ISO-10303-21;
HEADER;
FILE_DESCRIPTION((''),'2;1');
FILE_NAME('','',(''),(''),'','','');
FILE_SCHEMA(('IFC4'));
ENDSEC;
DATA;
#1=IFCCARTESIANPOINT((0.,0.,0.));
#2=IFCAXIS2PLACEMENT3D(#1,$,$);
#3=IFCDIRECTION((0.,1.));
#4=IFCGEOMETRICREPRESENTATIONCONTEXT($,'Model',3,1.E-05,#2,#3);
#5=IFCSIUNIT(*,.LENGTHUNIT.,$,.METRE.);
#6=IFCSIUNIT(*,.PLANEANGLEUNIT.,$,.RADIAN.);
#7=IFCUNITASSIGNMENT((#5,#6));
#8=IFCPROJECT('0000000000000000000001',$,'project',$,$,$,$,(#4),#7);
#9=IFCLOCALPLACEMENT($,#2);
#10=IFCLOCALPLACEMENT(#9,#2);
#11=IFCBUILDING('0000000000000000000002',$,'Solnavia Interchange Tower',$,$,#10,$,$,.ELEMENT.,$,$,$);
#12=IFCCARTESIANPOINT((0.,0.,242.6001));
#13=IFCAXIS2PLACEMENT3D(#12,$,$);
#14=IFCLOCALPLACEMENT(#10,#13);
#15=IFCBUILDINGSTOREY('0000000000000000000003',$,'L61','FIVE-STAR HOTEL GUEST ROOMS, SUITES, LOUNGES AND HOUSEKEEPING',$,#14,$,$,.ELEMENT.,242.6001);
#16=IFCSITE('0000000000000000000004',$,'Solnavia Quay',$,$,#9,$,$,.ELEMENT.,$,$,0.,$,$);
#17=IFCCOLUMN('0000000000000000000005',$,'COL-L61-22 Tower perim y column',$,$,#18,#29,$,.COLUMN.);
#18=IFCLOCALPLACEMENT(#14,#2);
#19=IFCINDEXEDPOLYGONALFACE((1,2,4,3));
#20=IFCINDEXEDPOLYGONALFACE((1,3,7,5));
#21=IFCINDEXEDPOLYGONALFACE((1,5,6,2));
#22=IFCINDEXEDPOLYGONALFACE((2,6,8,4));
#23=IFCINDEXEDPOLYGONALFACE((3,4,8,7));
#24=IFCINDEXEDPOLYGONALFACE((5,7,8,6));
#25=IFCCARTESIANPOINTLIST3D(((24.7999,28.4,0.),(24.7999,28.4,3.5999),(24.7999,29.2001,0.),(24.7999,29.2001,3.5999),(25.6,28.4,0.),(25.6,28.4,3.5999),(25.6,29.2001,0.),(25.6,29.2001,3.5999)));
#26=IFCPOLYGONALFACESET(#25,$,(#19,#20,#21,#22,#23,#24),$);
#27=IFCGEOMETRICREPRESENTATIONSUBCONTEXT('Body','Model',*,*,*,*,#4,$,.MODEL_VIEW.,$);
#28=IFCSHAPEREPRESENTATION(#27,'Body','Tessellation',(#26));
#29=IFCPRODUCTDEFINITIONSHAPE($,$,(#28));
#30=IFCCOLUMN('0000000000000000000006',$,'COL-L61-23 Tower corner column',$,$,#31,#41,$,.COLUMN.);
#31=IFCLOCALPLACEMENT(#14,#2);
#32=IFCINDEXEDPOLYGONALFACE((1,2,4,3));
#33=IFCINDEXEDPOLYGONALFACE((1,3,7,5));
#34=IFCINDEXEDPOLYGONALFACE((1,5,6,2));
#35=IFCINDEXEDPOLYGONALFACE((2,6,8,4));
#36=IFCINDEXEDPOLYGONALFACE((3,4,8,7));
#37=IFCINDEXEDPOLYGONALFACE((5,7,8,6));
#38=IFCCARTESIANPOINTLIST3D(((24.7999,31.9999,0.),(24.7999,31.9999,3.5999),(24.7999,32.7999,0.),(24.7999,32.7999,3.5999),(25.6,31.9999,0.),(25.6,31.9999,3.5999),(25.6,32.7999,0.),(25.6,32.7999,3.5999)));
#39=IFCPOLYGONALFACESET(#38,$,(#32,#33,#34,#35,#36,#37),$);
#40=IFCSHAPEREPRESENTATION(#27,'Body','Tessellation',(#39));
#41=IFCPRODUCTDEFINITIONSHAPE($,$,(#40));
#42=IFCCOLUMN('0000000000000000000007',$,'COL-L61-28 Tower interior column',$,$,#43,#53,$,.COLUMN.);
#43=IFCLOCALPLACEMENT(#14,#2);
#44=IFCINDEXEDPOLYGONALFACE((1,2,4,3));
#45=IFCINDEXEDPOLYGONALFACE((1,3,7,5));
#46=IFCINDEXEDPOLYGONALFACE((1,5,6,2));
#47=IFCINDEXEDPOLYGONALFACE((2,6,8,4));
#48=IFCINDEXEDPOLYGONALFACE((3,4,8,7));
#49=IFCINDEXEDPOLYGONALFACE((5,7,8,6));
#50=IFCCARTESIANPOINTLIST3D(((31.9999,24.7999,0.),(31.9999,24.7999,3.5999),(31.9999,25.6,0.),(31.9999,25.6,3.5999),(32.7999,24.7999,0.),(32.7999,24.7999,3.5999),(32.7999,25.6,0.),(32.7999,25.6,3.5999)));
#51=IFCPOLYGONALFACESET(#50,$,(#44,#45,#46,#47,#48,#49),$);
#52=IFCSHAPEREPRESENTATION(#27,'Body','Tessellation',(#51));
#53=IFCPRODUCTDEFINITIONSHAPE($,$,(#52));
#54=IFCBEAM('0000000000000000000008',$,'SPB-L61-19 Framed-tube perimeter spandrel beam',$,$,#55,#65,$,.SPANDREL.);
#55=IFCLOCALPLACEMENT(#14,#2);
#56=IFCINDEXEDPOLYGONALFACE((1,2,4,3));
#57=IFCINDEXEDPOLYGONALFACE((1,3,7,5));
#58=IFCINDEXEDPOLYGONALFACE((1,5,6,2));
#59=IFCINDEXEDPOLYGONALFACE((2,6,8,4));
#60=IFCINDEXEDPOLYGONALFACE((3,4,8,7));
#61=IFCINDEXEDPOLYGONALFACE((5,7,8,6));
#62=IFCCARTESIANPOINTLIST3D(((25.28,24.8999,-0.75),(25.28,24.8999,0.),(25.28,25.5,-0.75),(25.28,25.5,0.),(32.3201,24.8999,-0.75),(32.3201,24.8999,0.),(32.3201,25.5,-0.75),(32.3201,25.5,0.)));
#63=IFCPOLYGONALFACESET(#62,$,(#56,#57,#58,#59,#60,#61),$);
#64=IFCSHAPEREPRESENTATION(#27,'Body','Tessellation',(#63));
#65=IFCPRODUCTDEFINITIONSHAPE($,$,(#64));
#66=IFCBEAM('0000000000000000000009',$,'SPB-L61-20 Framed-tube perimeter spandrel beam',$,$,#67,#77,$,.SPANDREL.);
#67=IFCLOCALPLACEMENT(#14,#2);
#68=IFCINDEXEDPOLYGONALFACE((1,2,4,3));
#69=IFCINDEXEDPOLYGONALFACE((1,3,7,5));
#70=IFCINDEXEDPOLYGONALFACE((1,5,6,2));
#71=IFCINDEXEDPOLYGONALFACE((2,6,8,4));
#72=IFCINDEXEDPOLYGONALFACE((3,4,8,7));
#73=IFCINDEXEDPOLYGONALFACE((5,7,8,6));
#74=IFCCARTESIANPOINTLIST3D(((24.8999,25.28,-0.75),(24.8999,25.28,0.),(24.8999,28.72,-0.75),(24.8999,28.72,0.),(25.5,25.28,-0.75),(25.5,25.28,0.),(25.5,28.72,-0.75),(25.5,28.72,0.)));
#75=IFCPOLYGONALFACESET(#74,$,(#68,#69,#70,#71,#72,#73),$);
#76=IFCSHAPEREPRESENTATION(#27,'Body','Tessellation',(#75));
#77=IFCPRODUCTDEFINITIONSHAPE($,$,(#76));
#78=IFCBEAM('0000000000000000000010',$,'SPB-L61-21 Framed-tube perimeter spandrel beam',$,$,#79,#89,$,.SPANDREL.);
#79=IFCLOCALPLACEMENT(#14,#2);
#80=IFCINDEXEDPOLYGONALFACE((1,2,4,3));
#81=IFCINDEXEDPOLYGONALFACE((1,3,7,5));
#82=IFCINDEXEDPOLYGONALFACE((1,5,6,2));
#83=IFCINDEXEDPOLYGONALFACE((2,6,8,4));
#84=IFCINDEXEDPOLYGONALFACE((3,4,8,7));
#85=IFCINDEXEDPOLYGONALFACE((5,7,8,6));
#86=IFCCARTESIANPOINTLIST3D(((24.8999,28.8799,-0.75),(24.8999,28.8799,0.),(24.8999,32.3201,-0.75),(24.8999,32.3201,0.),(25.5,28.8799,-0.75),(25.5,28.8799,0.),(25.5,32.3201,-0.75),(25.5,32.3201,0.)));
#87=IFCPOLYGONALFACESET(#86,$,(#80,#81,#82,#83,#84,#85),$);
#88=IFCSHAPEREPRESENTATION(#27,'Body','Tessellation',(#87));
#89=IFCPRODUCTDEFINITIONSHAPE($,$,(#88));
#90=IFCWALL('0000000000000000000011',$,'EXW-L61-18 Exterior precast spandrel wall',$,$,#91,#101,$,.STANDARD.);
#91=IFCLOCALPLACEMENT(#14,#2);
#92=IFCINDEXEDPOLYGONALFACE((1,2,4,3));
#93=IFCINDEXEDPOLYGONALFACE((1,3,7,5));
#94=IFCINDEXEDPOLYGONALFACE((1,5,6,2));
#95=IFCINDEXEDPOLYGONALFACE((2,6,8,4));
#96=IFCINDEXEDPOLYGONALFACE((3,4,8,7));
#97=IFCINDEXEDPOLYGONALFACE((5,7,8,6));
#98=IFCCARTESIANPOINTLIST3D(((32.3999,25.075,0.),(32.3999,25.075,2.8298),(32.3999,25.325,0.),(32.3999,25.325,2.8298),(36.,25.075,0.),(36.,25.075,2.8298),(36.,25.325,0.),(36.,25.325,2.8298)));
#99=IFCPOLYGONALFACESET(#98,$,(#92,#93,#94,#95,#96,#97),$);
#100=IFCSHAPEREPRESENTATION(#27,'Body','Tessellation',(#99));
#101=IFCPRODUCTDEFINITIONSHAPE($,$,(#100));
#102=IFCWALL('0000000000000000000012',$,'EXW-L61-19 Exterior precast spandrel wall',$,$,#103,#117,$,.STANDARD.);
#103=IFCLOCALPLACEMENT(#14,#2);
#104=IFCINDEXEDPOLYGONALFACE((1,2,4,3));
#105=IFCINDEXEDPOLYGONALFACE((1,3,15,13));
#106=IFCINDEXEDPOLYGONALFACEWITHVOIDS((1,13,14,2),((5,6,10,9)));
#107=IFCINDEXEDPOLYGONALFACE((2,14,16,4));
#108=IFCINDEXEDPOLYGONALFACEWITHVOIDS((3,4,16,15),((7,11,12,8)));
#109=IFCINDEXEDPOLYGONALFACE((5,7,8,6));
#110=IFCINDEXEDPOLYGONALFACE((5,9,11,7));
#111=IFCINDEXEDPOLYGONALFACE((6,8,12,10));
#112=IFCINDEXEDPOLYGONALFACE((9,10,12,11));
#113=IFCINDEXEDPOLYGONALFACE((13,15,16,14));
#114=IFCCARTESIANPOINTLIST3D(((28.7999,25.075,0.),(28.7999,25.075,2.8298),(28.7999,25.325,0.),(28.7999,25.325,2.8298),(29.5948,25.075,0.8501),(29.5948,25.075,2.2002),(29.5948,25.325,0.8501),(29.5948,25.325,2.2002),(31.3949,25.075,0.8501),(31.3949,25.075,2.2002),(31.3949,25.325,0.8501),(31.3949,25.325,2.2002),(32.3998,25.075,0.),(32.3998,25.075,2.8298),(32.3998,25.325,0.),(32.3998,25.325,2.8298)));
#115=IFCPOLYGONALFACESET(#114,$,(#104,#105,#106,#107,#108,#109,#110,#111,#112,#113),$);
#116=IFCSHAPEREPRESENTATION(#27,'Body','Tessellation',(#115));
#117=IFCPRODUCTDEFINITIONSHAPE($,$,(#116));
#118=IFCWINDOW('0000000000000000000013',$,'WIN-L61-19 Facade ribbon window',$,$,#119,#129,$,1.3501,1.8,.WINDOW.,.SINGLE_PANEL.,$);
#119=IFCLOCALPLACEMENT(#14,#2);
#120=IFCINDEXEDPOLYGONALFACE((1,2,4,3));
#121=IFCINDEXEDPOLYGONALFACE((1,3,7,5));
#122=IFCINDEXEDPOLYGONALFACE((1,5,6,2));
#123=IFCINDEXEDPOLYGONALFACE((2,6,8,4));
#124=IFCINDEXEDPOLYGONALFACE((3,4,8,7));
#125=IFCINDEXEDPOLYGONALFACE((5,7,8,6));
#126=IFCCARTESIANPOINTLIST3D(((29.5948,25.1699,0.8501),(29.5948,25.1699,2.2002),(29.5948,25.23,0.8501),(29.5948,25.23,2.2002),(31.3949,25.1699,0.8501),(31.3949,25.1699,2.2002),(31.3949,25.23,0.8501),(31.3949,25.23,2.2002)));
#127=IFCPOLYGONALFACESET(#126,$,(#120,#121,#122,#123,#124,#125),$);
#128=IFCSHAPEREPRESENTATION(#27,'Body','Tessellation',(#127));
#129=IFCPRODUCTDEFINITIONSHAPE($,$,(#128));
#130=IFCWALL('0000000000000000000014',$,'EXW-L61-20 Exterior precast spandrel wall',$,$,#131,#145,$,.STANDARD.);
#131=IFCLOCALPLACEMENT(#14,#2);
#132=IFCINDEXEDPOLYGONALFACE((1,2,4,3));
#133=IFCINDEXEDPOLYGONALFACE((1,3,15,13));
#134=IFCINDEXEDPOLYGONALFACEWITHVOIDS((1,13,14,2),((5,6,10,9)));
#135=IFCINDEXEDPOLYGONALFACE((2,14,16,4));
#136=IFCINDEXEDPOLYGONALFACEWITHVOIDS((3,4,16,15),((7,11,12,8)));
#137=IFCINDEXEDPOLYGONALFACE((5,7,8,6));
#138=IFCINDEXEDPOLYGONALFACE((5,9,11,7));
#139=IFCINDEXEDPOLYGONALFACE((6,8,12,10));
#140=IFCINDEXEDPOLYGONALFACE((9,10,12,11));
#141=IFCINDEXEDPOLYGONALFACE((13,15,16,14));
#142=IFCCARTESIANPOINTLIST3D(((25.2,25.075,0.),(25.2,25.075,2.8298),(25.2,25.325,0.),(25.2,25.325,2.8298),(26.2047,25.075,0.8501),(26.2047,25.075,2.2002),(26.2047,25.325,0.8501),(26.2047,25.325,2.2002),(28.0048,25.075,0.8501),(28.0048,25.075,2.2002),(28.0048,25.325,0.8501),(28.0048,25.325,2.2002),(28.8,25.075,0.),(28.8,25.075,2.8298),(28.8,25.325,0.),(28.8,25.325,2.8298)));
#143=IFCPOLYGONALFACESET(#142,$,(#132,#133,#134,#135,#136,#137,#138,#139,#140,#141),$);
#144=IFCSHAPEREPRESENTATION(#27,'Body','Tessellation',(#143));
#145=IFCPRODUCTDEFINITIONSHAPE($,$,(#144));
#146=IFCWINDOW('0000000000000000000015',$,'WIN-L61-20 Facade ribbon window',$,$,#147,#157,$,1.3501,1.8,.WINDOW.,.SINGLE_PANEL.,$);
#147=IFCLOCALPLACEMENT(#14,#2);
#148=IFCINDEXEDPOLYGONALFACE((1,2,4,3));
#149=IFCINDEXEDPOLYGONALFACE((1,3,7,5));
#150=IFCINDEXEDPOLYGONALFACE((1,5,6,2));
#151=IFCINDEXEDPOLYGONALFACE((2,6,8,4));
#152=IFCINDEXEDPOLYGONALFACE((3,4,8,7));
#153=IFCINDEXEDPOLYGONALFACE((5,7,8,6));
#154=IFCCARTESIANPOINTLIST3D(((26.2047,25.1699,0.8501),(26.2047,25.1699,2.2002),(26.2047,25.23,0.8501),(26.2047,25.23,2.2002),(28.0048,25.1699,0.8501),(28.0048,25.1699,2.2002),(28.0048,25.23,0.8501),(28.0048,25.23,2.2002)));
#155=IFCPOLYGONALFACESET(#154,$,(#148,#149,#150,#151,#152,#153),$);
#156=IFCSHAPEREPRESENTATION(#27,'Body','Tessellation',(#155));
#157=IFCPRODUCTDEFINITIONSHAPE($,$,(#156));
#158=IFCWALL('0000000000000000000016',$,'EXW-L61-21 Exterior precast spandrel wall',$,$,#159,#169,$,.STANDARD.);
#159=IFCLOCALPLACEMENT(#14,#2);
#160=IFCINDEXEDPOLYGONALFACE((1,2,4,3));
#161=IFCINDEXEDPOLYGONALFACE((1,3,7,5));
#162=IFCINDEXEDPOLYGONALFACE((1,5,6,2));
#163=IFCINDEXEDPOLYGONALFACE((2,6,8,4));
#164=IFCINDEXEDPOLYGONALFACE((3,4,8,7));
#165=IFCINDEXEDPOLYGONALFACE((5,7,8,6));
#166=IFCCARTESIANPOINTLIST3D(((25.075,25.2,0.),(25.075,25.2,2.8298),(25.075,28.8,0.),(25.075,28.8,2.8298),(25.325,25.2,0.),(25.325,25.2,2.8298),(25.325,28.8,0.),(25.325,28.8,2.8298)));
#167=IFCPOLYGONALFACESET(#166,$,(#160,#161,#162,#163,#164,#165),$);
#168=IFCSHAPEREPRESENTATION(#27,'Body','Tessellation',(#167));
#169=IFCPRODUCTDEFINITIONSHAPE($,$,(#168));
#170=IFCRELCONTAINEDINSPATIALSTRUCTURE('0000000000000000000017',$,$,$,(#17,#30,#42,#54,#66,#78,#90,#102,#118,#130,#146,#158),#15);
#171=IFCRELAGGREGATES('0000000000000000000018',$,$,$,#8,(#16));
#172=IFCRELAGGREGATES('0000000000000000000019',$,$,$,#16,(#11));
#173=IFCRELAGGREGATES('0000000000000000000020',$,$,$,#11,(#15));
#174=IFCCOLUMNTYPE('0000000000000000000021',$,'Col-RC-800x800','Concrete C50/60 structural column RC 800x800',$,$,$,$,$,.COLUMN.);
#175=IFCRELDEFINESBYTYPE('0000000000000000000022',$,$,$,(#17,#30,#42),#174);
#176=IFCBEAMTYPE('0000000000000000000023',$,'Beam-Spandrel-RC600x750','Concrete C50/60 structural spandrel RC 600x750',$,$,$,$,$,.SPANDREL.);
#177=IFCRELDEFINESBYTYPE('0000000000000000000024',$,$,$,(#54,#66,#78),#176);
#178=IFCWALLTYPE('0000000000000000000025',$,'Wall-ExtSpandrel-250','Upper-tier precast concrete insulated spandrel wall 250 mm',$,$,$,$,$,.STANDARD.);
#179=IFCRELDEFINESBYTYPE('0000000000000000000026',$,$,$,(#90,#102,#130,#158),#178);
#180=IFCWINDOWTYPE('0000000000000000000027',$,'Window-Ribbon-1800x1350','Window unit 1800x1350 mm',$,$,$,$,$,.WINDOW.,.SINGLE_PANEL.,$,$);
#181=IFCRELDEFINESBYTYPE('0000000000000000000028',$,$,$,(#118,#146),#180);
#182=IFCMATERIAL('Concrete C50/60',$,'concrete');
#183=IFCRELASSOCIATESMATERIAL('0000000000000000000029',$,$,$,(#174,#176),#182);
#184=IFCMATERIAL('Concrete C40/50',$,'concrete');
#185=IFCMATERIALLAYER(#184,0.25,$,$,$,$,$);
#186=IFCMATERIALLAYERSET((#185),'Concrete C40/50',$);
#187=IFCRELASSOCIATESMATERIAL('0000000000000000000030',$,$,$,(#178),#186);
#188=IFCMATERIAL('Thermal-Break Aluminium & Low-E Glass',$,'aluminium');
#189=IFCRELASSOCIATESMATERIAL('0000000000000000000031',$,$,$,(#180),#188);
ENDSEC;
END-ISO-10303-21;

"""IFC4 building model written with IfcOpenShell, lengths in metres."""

from ifc_helpers import new_model, si_unit, direction, frame, frame_2d, origin, origin_2d, place, context, subcontext, project, spatial, rectangle, extrude, material, layer, layer_set, material_profile, profile_set, type_object, element, fill, save


model = new_model("IFC4")

# Units and contexts
model_context = context("Model", 3, precision=1e-05, world=origin(), true_north=direction((0.0, 1.0)))
body_context = subcontext(model_context, "Body", "Model", "MODEL_VIEW")
ifc_project = project(units=[si_unit("LENGTHUNIT", "METRE"), si_unit("PLANEANGLEUNIT", "RADIAN")], contexts=[model_context])

# Site, building, storey
site_placement = place(None, origin())
site = spatial("IfcSite", under=ifc_project, at=site_placement, Name="Solnavia Quay", CompositionType="ELEMENT", RefElevation=0.0)
building_placement = place(site_placement, origin())
building = spatial("IfcBuilding", under=site, at=building_placement, Name="Solnavia Interchange Tower", CompositionType="ELEMENT")
storey_placement = place(building_placement, frame((0.0, 0.0, 242.6001)))
storey = spatial("IfcBuildingStorey", under=building, at=storey_placement, Name="L61", Description="FIVE-STAR HOTEL GUEST ROOMS, SUITES, LOUNGES AND HOUSEKEEPING", CompositionType="ELEMENT", Elevation=242.6001)

# Columns
ifc_material_1 = material(Name="Concrete C50/60", Category="concrete")
ifc_material_profile_1 = material_profile(ifc_material_1, rectangle(XDim=0.8, YDim=0.8, at=origin_2d()), Name="RC 800x800")
ifc_profile_set_1 = profile_set([ifc_material_profile_1], Name="Concrete C50/60")
column_type = type_object("IfcColumnType", Name="Col-RC-800x800", Description="Concrete C50/60 structural column RC 800x800", PredefinedType="COLUMN", material=ifc_profile_set_1)
for number, where, z_axis, x_axis, name in (
    (1, (25.2, 28.8, 0.0), (0.0, 0.0, 1.0), (0.0, 1.0, 0.0), "COL-L61-22 Tower perim y column"),
    (2, (25.2, 32.3999, 0.0), (0.0, 0.0, 1.0), (0.0, 1.0, 0.0), "COL-L61-23 Tower corner column"),
    (3, (32.3999, 25.2, 0.0), (0.0, 0.0, 1.0), (1.0, 0.0, 0.0), "COL-L61-28 Tower interior column"),
):
    element("IfcColumn", number, at=place(storey_placement, frame(where, z_axis=z_axis, x_axis=x_axis)), inside=storey, type_object=column_type, Name=name, PredefinedType="COLUMN", context=body_context, shape_type="SweptSolid", body=[
        extrude(rectangle(XDim=0.8, YDim=0.8, at=origin_2d()), origin(), (0.0, 0.0, 1.0), 3.5999),
    ])

# Beams
ifc_material_profile_2 = material_profile(ifc_material_1, rectangle(XDim=0.6001, YDim=0.75, at=origin_2d()), Name="RC 600x750")
ifc_profile_set_2 = profile_set([ifc_material_profile_2], Name="Concrete C50/60")
beam_type = type_object("IfcBeamType", Name="Beam-Spandrel-RC600x750", Description="Concrete C50/60 structural spandrel RC 600x750", PredefinedType="SPANDREL", material=ifc_profile_set_2)
beam_1_placement = place(storey_placement, frame((32.3201, 25.2, -0.375), z_axis=(-1.0, 0.0, 0.0), x_axis=(0.0, -1.0, 0.0)))
element("IfcBeam", 4, at=beam_1_placement, inside=storey, type_object=beam_type, Name="SPB-L61-19 Framed-tube perimeter spandrel beam", PredefinedType="SPANDREL", context=body_context, shape_type="SweptSolid", body=[
    extrude(rectangle(XDim=0.6001, YDim=0.75, at=origin_2d()), origin(), (0.0, 0.0, 1.0), 7.04),
])
beam_2_placement = place(storey_placement, frame((25.2, 25.28, -0.375), z_axis=(0.0, 1.0, 0.0), x_axis=(-1.0, 0.0, 0.0)))
element("IfcBeam", 5, at=beam_2_placement, inside=storey, type_object=beam_type, Name="SPB-L61-20 Framed-tube perimeter spandrel beam", PredefinedType="SPANDREL", context=body_context, shape_type="SweptSolid", body=[
    extrude(rectangle(XDim=0.6001, YDim=0.75, at=origin_2d()), origin(), (0.0, 0.0, 1.0), 3.4399),
])
beam_3_placement = place(storey_placement, frame((25.2, 28.8799, -0.375), z_axis=(0.0, 1.0, 0.0), x_axis=(-1.0, 0.0, 0.0)))
element("IfcBeam", 6, at=beam_3_placement, inside=storey, type_object=beam_type, Name="SPB-L61-21 Framed-tube perimeter spandrel beam", PredefinedType="SPANDREL", context=body_context, shape_type="SweptSolid", body=[
    extrude(rectangle(XDim=0.6001, YDim=0.75, at=origin_2d()), origin(), (0.0, 0.0, 1.0), 3.4402),
])

# Wall
ifc_material_2 = material(Name="Concrete C40/50", Category="concrete")
ifc_layer_1 = layer(ifc_material_2, 0.25)
ifc_layer_set_1 = layer_set([ifc_layer_1], Name="Concrete C40/50")
wall_type = type_object("IfcWallType", Name="Wall-ExtSpandrel-250", Description="Upper-tier precast concrete insulated spandrel wall 250 mm", PredefinedType="STANDARD", material=ifc_layer_set_1)
wall_1_placement = place(storey_placement, frame((32.3999, 25.2, 0.0), z_axis=(0.0, 0.0, 1.0), x_axis=(1.0, 0.0, 0.0)))
element("IfcWall", 7, at=wall_1_placement, inside=storey, type_object=wall_type, Name="EXW-L61-18 Exterior precast spandrel wall", PredefinedType="STANDARD", context=body_context, shape_type="SweptSolid", body=[
    extrude(rectangle(XDim=3.6001, YDim=0.25, at=frame_2d((1.8, 0.0))), origin(), (0.0, 0.0, 1.0), 2.8298),
])

# Walls, openings, windows
wall_2_placement = place(storey_placement, frame((28.8, 25.2, 0.0), z_axis=(0.0, 0.0, 1.0), x_axis=(1.0, 0.0, 0.0)))
wall_2 = element("IfcWall", 8, at=wall_2_placement, inside=storey, type_object=wall_type, Name="EXW-L61-19 Exterior precast spandrel wall", PredefinedType="STANDARD", context=body_context, shape_type="SweptSolid", body=[
    extrude(rectangle(XDim=3.5999, YDim=0.25, at=frame_2d((1.7998, 0.0))), origin(), (0.0, 0.0, 1.0), 2.8298),
])
opening_1_placement = place(wall_2_placement, frame((0.7949, 0.0, 0.8501)))
opening_1 = element("IfcOpeningElement", 9, at=opening_1_placement, cuts=wall_2, PredefinedType="OPENING", context=body_context, shape_type="SweptSolid", body=[
    extrude(rectangle(XDim=1.8, YDim=1.3501, at=frame_2d((0.8999, 0.675))), frame((0.0, 0.135, 0.0), z_axis=(0.0, -1.0, 0.0), x_axis=(1.0, 0.0, 0.0)), (0.0, 0.0, 1.0), 0.27),
])
ifc_material_3 = material(Name="Thermal-Break Aluminium & Low-E Glass", Category="aluminium")
window_type = type_object("IfcWindowType", Name="Window-Ribbon-1800x1350", Description="Window unit 1800x1350 mm", PartitioningType="SINGLE_PANEL", PredefinedType="WINDOW", material=ifc_material_3)
window_1_placement = place(opening_1_placement, origin())
window_1 = element("IfcWindow", 10, at=window_1_placement, inside=storey, type_object=window_type, Name="WIN-L61-19 Facade ribbon window", OverallHeight=1.3501, OverallWidth=1.8, PartitioningType="SINGLE_PANEL", PredefinedType="WINDOW", context=body_context, shape_type="SweptSolid", body=[
    extrude(rectangle(XDim=1.8, YDim=1.3501, at=frame_2d((0.8999, 0.675))), frame((0.0, 0.03, 0.0), z_axis=(0.0, -1.0, 0.0), x_axis=(1.0, 0.0, 0.0)), (0.0, 0.0, 1.0), 0.0601),
])
fill(opening_1, window_1)
wall_3_placement = place(storey_placement, frame((25.2, 25.2, 0.0), z_axis=(0.0, 0.0, 1.0), x_axis=(1.0, 0.0, 0.0)))
wall_3 = element("IfcWall", 11, at=wall_3_placement, inside=storey, type_object=wall_type, Name="EXW-L61-20 Exterior precast spandrel wall", PredefinedType="STANDARD", context=body_context, shape_type="SweptSolid", body=[
    extrude(rectangle(XDim=3.6001, YDim=0.25, at=frame_2d((1.8, 0.0))), origin(), (0.0, 0.0, 1.0), 2.8298),
])
opening_2_placement = place(wall_3_placement, frame((1.0049, 0.0, 0.8501)))
opening_2 = element("IfcOpeningElement", 12, at=opening_2_placement, cuts=wall_3, PredefinedType="OPENING", context=body_context, shape_type="SweptSolid", body=[
    extrude(rectangle(XDim=1.8, YDim=1.3501, at=frame_2d((0.8999, 0.675))), frame((0.0, 0.135, 0.0), z_axis=(0.0, -1.0, 0.0), x_axis=(1.0, 0.0, 0.0)), (0.0, 0.0, 1.0), 0.27),
])
window_2_placement = place(opening_2_placement, origin())
window_2 = element("IfcWindow", 13, at=window_2_placement, inside=storey, type_object=window_type, Name="WIN-L61-20 Facade ribbon window", OverallHeight=1.3501, OverallWidth=1.8, PartitioningType="SINGLE_PANEL", PredefinedType="WINDOW", context=body_context, shape_type="SweptSolid", body=[
    extrude(rectangle(XDim=1.8, YDim=1.3501, at=frame_2d((0.8999, 0.675))), frame((0.0, 0.03, 0.0), z_axis=(0.0, -1.0, 0.0), x_axis=(1.0, 0.0, 0.0)), (0.0, 0.0, 1.0), 0.0601),
])
fill(opening_2, window_2)

# Wall
wall_4_placement = place(storey_placement, frame((25.2, 28.8, 0.0), z_axis=(0.0, 0.0, 1.0), x_axis=(0.0, -1.0, 0.0)))
element("IfcWall", 14, at=wall_4_placement, inside=storey, type_object=wall_type, Name="EXW-L61-21 Exterior precast spandrel wall", PredefinedType="STANDARD", context=body_context, shape_type="SweptSolid", body=[
    extrude(rectangle(XDim=3.6001, YDim=0.25, at=frame_2d((1.8, 0.0))), origin(), (0.0, 0.0, 1.0), 2.8298),
])

save(model, "model.ifc")
